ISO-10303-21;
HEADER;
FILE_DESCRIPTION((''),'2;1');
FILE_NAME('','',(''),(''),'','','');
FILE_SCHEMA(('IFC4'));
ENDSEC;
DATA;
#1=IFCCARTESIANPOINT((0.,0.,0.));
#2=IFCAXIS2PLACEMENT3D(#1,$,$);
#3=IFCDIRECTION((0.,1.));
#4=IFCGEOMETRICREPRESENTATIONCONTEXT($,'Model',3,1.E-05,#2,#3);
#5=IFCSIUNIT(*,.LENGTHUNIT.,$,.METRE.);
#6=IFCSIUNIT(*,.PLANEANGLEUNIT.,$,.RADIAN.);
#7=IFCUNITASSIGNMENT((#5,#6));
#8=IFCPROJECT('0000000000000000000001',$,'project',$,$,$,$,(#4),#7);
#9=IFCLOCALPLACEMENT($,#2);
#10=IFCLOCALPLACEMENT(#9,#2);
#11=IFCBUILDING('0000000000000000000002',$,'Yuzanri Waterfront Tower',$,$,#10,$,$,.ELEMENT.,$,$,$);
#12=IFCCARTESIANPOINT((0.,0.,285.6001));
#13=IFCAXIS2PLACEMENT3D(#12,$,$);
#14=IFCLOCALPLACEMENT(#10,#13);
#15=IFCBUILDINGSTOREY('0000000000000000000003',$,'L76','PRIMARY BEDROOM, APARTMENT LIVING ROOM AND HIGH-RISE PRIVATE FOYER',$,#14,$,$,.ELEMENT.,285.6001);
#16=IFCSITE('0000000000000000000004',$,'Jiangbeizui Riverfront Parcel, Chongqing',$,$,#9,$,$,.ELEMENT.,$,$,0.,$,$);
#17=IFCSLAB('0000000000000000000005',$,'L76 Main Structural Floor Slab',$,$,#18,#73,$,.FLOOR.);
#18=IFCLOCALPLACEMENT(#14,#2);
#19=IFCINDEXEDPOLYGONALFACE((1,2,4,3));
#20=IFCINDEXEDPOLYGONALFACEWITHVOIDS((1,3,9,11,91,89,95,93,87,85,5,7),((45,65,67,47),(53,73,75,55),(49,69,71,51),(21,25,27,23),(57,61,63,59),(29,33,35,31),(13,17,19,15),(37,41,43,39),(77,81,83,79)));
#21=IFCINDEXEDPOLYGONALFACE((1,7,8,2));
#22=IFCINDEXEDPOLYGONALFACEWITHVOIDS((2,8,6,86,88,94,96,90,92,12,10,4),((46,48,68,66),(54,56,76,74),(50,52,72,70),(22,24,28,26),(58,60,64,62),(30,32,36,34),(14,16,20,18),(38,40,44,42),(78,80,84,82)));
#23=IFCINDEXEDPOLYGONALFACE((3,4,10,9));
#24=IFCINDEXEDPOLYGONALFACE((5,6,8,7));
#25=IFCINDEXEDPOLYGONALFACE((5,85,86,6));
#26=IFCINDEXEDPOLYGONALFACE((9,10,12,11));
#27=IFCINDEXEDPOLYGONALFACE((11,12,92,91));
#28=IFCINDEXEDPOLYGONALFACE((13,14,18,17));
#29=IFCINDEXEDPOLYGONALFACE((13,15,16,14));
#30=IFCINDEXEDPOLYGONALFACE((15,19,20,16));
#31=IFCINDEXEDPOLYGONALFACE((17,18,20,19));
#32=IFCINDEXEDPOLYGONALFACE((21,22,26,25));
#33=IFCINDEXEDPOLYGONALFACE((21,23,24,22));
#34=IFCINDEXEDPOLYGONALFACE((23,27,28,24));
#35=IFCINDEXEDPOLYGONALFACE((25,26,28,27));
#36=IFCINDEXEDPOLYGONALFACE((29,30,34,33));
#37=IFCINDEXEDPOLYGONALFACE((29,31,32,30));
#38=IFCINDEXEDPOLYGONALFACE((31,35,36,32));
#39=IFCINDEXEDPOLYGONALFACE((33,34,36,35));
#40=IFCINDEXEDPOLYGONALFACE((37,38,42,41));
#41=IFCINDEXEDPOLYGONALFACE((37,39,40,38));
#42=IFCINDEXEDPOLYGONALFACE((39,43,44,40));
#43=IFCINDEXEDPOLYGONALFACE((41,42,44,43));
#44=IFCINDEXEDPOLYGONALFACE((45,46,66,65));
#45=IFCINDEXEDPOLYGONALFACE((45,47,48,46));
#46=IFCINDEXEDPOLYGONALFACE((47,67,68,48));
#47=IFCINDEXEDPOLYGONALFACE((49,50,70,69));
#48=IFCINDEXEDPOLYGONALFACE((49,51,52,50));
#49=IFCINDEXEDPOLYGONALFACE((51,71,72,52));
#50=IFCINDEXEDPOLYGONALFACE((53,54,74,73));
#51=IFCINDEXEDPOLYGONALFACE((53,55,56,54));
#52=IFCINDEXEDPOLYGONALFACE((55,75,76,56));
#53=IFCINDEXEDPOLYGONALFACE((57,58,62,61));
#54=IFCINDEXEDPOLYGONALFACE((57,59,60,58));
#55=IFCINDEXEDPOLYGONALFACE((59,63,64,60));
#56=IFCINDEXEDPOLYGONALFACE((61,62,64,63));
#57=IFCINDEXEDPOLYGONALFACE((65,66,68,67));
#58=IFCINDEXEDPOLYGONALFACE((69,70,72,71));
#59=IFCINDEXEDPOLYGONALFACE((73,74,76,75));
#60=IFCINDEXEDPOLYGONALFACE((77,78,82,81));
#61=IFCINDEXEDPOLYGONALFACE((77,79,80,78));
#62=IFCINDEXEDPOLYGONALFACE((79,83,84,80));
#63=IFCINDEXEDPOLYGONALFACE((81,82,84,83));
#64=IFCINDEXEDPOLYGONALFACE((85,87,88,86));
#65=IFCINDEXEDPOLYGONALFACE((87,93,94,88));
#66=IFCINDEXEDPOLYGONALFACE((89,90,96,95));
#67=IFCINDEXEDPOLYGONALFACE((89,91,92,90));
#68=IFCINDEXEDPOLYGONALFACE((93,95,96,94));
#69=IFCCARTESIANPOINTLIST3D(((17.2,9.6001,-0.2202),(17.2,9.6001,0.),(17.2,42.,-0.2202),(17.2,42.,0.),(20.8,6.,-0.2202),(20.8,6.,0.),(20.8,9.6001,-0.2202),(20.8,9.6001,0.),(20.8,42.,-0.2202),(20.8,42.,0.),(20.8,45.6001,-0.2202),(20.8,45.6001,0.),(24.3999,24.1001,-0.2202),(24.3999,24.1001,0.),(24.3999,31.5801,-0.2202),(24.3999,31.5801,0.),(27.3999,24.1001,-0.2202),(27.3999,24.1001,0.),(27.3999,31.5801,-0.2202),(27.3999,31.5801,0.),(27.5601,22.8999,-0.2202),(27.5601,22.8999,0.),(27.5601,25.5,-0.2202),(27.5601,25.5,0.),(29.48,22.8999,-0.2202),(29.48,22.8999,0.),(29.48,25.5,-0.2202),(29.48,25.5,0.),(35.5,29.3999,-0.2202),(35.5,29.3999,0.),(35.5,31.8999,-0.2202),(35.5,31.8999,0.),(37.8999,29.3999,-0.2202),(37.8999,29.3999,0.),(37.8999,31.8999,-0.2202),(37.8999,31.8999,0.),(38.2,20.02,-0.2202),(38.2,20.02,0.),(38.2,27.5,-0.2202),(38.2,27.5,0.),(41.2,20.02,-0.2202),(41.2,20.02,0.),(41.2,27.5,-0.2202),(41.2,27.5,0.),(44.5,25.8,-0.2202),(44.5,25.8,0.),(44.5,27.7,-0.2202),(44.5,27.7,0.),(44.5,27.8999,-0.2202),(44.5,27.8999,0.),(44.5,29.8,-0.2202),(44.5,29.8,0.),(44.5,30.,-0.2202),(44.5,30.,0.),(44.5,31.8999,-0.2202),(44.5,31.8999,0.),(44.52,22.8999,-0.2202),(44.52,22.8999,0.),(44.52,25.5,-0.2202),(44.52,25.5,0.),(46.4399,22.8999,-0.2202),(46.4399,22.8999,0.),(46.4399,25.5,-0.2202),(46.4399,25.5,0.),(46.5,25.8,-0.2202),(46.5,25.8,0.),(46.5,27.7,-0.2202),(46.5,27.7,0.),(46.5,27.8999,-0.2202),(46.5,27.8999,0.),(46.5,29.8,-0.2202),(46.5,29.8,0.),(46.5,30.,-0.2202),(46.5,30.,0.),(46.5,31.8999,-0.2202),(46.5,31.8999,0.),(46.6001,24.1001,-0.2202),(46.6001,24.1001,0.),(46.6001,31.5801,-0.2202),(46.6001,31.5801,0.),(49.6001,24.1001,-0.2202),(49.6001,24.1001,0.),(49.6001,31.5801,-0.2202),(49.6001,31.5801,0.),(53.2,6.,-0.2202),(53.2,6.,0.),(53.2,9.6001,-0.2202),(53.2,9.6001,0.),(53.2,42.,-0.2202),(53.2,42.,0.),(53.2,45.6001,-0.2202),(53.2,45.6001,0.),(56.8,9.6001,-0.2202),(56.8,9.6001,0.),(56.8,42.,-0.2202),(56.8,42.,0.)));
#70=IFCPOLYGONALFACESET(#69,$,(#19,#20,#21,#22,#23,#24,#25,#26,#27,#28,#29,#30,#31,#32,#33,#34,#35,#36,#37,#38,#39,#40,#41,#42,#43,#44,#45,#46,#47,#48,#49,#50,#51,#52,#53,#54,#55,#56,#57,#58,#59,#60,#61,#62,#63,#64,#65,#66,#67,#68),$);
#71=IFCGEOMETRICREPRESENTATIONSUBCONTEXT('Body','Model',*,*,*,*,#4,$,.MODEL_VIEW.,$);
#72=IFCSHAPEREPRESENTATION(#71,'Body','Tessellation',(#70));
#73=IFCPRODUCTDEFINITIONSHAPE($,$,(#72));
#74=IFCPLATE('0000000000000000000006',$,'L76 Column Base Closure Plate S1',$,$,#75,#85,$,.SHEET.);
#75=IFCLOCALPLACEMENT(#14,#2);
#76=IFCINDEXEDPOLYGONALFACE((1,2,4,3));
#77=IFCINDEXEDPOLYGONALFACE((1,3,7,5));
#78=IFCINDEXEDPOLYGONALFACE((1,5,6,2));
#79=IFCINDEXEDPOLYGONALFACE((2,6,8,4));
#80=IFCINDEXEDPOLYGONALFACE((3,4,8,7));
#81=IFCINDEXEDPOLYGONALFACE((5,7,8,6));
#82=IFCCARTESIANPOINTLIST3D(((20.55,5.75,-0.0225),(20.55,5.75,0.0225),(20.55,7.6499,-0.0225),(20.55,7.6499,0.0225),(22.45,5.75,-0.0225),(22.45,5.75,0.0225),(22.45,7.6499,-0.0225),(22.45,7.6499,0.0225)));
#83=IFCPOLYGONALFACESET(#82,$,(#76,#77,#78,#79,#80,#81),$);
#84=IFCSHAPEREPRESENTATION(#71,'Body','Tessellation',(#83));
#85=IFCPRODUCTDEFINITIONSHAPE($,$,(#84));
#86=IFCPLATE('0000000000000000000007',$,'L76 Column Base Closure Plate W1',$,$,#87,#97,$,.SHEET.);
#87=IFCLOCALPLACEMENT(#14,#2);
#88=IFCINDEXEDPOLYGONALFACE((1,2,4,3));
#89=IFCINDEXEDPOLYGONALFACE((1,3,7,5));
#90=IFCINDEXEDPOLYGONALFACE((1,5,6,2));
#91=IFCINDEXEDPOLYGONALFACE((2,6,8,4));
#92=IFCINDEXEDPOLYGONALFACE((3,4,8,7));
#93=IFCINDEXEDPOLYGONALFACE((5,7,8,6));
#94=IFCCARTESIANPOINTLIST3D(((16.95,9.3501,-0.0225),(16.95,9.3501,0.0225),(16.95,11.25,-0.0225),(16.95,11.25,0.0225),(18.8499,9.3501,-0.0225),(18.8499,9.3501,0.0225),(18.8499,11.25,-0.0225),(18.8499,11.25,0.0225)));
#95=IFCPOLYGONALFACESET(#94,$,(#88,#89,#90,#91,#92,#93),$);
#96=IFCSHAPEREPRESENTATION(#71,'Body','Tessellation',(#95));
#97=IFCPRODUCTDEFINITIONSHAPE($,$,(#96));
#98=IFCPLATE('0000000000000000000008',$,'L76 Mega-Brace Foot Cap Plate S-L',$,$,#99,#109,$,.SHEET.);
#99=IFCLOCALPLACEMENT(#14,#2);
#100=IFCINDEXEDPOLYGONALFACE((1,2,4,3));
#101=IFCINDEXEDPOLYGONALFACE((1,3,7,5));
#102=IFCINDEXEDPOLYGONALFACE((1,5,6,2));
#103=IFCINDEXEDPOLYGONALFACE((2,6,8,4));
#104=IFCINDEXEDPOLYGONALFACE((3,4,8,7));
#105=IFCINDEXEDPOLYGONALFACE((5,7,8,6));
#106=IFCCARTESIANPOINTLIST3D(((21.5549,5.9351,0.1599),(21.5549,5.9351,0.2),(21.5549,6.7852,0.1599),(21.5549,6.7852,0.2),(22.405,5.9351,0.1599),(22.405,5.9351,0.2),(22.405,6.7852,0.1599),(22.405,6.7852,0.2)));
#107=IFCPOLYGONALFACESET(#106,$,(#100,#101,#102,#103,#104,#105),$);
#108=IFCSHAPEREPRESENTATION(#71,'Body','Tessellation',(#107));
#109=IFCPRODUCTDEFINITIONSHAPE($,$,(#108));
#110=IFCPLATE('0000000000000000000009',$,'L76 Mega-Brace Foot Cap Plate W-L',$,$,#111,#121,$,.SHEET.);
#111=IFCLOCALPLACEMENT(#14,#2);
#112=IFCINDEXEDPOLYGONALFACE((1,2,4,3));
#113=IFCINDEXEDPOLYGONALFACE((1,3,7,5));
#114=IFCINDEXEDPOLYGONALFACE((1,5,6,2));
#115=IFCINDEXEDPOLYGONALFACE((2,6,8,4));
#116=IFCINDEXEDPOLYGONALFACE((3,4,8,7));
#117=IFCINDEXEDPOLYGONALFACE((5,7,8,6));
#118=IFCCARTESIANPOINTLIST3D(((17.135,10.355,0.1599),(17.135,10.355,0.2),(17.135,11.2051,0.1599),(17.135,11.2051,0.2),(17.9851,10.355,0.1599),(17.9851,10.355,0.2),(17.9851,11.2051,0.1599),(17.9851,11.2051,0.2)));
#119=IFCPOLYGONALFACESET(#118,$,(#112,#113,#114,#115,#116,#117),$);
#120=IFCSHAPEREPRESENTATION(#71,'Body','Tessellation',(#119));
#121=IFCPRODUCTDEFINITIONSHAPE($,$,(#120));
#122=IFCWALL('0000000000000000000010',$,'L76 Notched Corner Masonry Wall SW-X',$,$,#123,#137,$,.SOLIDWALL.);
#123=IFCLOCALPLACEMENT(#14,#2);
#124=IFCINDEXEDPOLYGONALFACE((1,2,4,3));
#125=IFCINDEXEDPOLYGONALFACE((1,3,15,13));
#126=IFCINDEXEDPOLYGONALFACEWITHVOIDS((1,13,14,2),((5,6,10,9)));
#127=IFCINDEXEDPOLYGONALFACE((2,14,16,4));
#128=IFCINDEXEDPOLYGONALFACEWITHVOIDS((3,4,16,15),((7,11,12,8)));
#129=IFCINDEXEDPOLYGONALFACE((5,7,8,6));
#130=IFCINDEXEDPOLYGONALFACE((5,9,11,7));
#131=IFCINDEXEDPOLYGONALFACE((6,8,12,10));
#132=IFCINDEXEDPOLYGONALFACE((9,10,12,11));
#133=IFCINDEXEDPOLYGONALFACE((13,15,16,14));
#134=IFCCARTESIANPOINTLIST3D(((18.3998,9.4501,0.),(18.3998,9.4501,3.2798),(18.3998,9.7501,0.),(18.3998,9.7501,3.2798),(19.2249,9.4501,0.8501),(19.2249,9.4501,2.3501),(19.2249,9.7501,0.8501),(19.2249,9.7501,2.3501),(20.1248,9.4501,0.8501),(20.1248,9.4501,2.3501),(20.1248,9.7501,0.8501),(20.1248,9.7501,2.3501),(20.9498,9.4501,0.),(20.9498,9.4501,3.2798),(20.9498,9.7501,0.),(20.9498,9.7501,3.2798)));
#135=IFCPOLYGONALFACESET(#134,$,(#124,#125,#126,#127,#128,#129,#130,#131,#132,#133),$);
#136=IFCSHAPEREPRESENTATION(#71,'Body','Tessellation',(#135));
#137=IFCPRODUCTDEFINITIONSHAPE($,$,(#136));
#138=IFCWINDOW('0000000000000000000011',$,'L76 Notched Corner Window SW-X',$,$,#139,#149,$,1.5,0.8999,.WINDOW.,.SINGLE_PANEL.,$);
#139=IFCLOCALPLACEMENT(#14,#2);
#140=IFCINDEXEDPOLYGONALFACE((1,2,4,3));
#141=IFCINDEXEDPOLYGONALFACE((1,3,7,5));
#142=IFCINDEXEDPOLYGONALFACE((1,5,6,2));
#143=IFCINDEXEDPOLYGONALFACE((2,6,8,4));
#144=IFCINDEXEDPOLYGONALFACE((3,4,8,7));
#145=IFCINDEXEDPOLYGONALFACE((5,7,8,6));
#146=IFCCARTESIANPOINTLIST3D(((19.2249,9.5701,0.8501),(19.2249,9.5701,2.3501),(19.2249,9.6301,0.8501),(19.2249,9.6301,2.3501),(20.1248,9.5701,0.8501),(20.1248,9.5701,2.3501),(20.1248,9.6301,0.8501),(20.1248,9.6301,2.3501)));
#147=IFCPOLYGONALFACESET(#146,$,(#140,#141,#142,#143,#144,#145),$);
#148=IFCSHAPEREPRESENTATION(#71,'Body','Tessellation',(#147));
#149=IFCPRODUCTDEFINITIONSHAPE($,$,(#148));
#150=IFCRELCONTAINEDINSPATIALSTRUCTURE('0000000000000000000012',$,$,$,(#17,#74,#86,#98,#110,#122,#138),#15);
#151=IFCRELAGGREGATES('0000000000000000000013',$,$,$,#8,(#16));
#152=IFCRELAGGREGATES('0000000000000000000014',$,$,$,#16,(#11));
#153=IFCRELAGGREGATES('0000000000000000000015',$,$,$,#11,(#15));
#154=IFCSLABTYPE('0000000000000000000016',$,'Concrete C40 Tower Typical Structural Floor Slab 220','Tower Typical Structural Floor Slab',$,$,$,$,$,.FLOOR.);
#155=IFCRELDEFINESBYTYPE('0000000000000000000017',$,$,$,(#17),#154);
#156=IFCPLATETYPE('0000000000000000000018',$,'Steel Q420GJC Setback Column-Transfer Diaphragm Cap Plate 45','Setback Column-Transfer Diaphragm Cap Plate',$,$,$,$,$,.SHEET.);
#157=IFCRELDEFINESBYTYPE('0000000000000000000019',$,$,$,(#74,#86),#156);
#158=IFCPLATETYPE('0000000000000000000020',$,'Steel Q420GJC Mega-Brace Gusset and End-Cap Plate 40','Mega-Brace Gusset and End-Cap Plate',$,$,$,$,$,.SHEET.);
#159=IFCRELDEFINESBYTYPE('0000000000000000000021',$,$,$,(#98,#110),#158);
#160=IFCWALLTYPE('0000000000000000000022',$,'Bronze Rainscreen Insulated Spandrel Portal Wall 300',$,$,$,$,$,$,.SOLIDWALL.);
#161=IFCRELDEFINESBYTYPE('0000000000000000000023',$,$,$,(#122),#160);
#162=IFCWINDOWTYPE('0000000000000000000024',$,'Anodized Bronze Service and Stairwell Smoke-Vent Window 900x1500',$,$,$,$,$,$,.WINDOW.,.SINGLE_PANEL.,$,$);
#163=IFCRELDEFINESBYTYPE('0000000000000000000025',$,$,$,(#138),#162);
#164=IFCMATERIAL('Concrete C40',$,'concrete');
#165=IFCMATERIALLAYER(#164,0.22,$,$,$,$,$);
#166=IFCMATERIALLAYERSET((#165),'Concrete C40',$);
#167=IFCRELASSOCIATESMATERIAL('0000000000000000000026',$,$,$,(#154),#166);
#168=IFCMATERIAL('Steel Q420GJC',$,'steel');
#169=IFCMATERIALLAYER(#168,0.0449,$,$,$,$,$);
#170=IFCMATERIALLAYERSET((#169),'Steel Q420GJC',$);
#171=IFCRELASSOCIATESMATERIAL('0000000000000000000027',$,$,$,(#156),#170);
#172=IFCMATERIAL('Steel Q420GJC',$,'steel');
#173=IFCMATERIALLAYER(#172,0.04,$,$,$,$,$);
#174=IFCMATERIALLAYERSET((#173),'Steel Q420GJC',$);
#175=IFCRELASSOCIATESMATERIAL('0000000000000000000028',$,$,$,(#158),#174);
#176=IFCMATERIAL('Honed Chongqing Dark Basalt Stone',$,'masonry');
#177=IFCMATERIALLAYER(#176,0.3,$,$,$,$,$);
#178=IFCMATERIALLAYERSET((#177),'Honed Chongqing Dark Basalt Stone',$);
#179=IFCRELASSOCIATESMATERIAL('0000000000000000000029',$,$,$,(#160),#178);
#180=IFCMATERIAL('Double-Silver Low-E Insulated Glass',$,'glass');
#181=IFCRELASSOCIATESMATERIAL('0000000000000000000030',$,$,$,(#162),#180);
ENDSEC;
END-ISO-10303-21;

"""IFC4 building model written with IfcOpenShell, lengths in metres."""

from ifc_helpers import new_model, si_unit, direction, frame, frame_2d, origin, origin_2d, place, context, subcontext, project, spatial, polyline, rectangle, outline, extrude, source, transform, mapped, material, layer, layer_set, type_object, element, fill, save


model = new_model("IFC4")

# Units and contexts
model_context = context("Model", 3, precision=1e-05, world=origin(), true_north=direction((0.0, 1.0)))
body_context = subcontext(model_context, "Body", "Model", "MODEL_VIEW")
ifc_project = project(units=[si_unit("LENGTHUNIT", "METRE"), si_unit("PLANEANGLEUNIT", "RADIAN")], contexts=[model_context])

# Site, building, storey
site_placement = place(None, origin())
site = spatial("IfcSite", under=ifc_project, at=site_placement, Name="Jiangbeizui Riverfront Parcel, Chongqing", CompositionType="ELEMENT", RefElevation=0.0)
building_placement = place(site_placement, origin())
building = spatial("IfcBuilding", under=site, at=building_placement, Name="Yuzanri Waterfront Tower", CompositionType="ELEMENT")
storey_placement = place(building_placement, frame((0.0, 0.0, 285.6001)))
storey = spatial("IfcBuildingStorey", under=building, at=storey_placement, Name="L76", Description="PRIMARY BEDROOM, APARTMENT LIVING ROOM AND HIGH-RISE PRIVATE FOYER", CompositionType="ELEMENT", Elevation=285.6001)

# Slab
ifc_material_1 = material(Name="Concrete C40", Category="concrete")
ifc_layer_1 = layer(ifc_material_1, 0.22)
ifc_layer_set_1 = layer_set([ifc_layer_1], Name="Concrete C40")
slab_type_1 = type_object("IfcSlabType", Name="Concrete C40 Tower Typical Structural Floor Slab 220", Description="Tower Typical Structural Floor Slab", PredefinedType="FLOOR", material=ifc_layer_set_1)
slab_1_placement = place(storey_placement, frame((0.0, 0.0, -0.2202)))
element("IfcSlab", 1, at=slab_1_placement, inside=storey, type_object=slab_type_1, Name="L76 Main Structural Floor Slab", PredefinedType="FLOOR", context=body_context, shape_type="SweptSolid", body=[
    extrude(outline(polyline([(20.8, 6.0), (53.2, 6.0), (53.2, 9.6001), (56.8, 9.6001), (56.8, 42.0), (53.2, 42.0), (53.2, 45.6001), (20.8, 45.6001), (20.8, 42.0), (17.2, 42.0), (17.2, 9.6001), (20.8, 9.6001), (20.8, 6.0)]), holes=[polyline([(27.3999, 24.1001), (27.3999, 31.5801), (24.3999, 31.5801), (24.3999, 24.1001), (27.3999, 24.1001)]), polyline([(49.6001, 24.1001), (49.6001, 31.5801), (46.6001, 31.5801), (46.6001, 24.1001), (49.6001, 24.1001)]), polyline([(38.2, 27.5), (38.2, 20.02), (41.2, 20.02), (41.2, 27.5), (38.2, 27.5)]), polyline([(27.5601, 22.8999), (29.48, 22.8999), (29.48, 25.5), (27.5601, 25.5), (27.5601, 22.8999)]), polyline([(44.52, 22.8999), (46.4399, 22.8999), (46.4399, 25.5), (44.52, 25.5), (44.52, 22.8999)]), polyline([(35.5, 29.3999), (37.8999, 29.3999), (37.8999, 31.8999), (35.5, 31.8999), (35.5, 29.3999)]), polyline([(44.5, 25.8), (46.5, 25.8), (46.5, 27.7), (44.5, 27.7), (44.5, 25.8)]), polyline([(44.5, 27.8999), (46.5, 27.8999), (46.5, 29.8), (44.5, 29.8), (44.5, 27.8999)]), polyline([(44.5, 30.0), (46.5, 30.0), (46.5, 31.8999), (44.5, 31.8999), (44.5, 30.0)])]), origin(), (0.0, 0.0, 1.0), 0.2202),
])

# Plates
ifc_material_2 = material(Name="Steel Q420GJC", Category="steel")
ifc_layer_2 = layer(ifc_material_2, 0.0449)
ifc_layer_set_2 = layer_set([ifc_layer_2], Name="Steel Q420GJC")
plate_type_1 = type_object("IfcPlateType", Name="Steel Q420GJC Setback Column-Transfer Diaphragm Cap Plate 45", Description="Setback Column-Transfer Diaphragm Cap Plate", PredefinedType="SHEET", material=ifc_layer_set_2)
shared_shape_1 = source(origin(), body_context, "Body", "SweptSolid", [
    extrude(rectangle(XDim=1.8999, YDim=1.8999, at=origin_2d()), origin(), (0.0, 0.0, 1.0), 0.0449),
])
for number, where, z_axis, x_axis, name in (
    (2, (21.5, 6.7, -0.0225), (0.0, 0.0, 1.0), (1.0, 0.0, 0.0), "L76 Column Base Closure Plate S1"),
    (3, (17.8999, 10.3, -0.0225), (0.0, 0.0, 1.0), (1.0, 0.0, 0.0), "L76 Column Base Closure Plate W1"),
):
    element("IfcPlate", number, at=place(storey_placement, frame(where, z_axis=z_axis, x_axis=x_axis)), inside=storey, type_object=plate_type_1, Name=name, PredefinedType="SHEET", context=body_context, shape_type="MappedRepresentation", body=[
        mapped(shared_shape_1, transform((0.0, 0.0, 0.0), scale=1.0)),
    ])
ifc_material_3 = material(Name="Steel Q420GJC", Category="steel")
ifc_layer_3 = layer(ifc_material_3, 0.04)
ifc_layer_set_3 = layer_set([ifc_layer_3], Name="Steel Q420GJC")
plate_type_2 = type_object("IfcPlateType", Name="Steel Q420GJC Mega-Brace Gusset and End-Cap Plate 40", Description="Mega-Brace Gusset and End-Cap Plate", PredefinedType="SHEET", material=ifc_layer_set_3)
shared_shape_2 = source(origin(), body_context, "Body", "SweptSolid", [
    extrude(rectangle(XDim=0.8501, YDim=0.8501, at=origin_2d()), origin(), (0.0, 0.0, 1.0), 0.04),
])
for number, where, z_axis, x_axis, name in (
    (4, (21.98, 6.3601, 0.1599), (0.0, 0.0, 1.0), (1.0, 0.0, 0.0), "L76 Mega-Brace Foot Cap Plate S-L"),
    (5, (17.5601, 10.78, 0.1599), (0.0, 0.0, 1.0), (1.0, 0.0, 0.0), "L76 Mega-Brace Foot Cap Plate W-L"),
):
    element("IfcPlate", number, at=place(storey_placement, frame(where, z_axis=z_axis, x_axis=x_axis)), inside=storey, type_object=plate_type_2, Name=name, PredefinedType="SHEET", context=body_context, shape_type="MappedRepresentation", body=[
        mapped(shared_shape_2, transform((0.0, 0.0, 0.0), scale=1.0)),
    ])

# Wall, opening, window
ifc_material_4 = material(Name="Honed Chongqing Dark Basalt Stone", Category="masonry")
ifc_layer_4 = layer(ifc_material_4, 0.3)
ifc_layer_set_4 = layer_set([ifc_layer_4], Name="Honed Chongqing Dark Basalt Stone")
wall_type_1 = type_object("IfcWallType", Name="Bronze Rainscreen Insulated Spandrel Portal Wall 300", PredefinedType="SOLIDWALL", material=ifc_layer_set_4)
wall_1_placement = place(storey_placement, frame((18.3999, 9.6001, 0.0), z_axis=(0.0, 0.0, 1.0), x_axis=(1.0, 0.0, 0.0)))
wall_1 = element("IfcWall", 6, at=wall_1_placement, inside=storey, type_object=wall_type_1, Name="L76 Notched Corner Masonry Wall SW-X", PredefinedType="SOLIDWALL", context=body_context, shape_type="SweptSolid", body=[
    extrude(rectangle(XDim=2.55, YDim=0.3, at=frame_2d((1.2749, 0.0))), origin(), (0.0, 0.0, 1.0), 3.2798),
])
opening_1_placement = place(wall_1_placement, frame((0.825, 0.0, 0.8501)))
opening_1 = element("IfcOpeningElement", 7, at=opening_1_placement, cuts=wall_1, PredefinedType="OPENING", context=body_context, shape_type="SweptSolid", body=[
    extrude(rectangle(XDim=0.8999, YDim=1.5, at=frame_2d((0.45, 0.75))), frame((0.0, 0.165, 0.0), z_axis=(0.0, -1.0, 0.0), x_axis=(1.0, 0.0, 0.0)), (0.0, 0.0, 1.0), 0.3298),
])
ifc_material_5 = material(Name="Double-Silver Low-E Insulated Glass", Category="glass")
window_type_1 = type_object("IfcWindowType", Name="Anodized Bronze Service and Stairwell Smoke-Vent Window 900x1500", PartitioningType="SINGLE_PANEL", PredefinedType="WINDOW", material=ifc_material_5)
shared_shape_3 = source(origin(), body_context, "Body", "SweptSolid", [
    extrude(rectangle(XDim=0.8999, YDim=1.5, at=frame_2d((0.45, 0.75))), frame((0.0, 0.03, 0.0), z_axis=(0.0, -1.0, 0.0), x_axis=(1.0, 0.0, 0.0)), (0.0, 0.0, 1.0), 0.0601),
])
window_1_placement = place(opening_1_placement, origin())
window_1 = element("IfcWindow", 8, at=window_1_placement, inside=storey, type_object=window_type_1, Name="L76 Notched Corner Window SW-X", OverallHeight=1.5, OverallWidth=0.8999, PartitioningType="SINGLE_PANEL", PredefinedType="WINDOW", context=body_context, shape_type="MappedRepresentation", body=[
    mapped(shared_shape_3, transform((0.0, 0.0, 0.0), scale=1.0)),
])
fill(opening_1, window_1)

save(model, "model.ifc")
